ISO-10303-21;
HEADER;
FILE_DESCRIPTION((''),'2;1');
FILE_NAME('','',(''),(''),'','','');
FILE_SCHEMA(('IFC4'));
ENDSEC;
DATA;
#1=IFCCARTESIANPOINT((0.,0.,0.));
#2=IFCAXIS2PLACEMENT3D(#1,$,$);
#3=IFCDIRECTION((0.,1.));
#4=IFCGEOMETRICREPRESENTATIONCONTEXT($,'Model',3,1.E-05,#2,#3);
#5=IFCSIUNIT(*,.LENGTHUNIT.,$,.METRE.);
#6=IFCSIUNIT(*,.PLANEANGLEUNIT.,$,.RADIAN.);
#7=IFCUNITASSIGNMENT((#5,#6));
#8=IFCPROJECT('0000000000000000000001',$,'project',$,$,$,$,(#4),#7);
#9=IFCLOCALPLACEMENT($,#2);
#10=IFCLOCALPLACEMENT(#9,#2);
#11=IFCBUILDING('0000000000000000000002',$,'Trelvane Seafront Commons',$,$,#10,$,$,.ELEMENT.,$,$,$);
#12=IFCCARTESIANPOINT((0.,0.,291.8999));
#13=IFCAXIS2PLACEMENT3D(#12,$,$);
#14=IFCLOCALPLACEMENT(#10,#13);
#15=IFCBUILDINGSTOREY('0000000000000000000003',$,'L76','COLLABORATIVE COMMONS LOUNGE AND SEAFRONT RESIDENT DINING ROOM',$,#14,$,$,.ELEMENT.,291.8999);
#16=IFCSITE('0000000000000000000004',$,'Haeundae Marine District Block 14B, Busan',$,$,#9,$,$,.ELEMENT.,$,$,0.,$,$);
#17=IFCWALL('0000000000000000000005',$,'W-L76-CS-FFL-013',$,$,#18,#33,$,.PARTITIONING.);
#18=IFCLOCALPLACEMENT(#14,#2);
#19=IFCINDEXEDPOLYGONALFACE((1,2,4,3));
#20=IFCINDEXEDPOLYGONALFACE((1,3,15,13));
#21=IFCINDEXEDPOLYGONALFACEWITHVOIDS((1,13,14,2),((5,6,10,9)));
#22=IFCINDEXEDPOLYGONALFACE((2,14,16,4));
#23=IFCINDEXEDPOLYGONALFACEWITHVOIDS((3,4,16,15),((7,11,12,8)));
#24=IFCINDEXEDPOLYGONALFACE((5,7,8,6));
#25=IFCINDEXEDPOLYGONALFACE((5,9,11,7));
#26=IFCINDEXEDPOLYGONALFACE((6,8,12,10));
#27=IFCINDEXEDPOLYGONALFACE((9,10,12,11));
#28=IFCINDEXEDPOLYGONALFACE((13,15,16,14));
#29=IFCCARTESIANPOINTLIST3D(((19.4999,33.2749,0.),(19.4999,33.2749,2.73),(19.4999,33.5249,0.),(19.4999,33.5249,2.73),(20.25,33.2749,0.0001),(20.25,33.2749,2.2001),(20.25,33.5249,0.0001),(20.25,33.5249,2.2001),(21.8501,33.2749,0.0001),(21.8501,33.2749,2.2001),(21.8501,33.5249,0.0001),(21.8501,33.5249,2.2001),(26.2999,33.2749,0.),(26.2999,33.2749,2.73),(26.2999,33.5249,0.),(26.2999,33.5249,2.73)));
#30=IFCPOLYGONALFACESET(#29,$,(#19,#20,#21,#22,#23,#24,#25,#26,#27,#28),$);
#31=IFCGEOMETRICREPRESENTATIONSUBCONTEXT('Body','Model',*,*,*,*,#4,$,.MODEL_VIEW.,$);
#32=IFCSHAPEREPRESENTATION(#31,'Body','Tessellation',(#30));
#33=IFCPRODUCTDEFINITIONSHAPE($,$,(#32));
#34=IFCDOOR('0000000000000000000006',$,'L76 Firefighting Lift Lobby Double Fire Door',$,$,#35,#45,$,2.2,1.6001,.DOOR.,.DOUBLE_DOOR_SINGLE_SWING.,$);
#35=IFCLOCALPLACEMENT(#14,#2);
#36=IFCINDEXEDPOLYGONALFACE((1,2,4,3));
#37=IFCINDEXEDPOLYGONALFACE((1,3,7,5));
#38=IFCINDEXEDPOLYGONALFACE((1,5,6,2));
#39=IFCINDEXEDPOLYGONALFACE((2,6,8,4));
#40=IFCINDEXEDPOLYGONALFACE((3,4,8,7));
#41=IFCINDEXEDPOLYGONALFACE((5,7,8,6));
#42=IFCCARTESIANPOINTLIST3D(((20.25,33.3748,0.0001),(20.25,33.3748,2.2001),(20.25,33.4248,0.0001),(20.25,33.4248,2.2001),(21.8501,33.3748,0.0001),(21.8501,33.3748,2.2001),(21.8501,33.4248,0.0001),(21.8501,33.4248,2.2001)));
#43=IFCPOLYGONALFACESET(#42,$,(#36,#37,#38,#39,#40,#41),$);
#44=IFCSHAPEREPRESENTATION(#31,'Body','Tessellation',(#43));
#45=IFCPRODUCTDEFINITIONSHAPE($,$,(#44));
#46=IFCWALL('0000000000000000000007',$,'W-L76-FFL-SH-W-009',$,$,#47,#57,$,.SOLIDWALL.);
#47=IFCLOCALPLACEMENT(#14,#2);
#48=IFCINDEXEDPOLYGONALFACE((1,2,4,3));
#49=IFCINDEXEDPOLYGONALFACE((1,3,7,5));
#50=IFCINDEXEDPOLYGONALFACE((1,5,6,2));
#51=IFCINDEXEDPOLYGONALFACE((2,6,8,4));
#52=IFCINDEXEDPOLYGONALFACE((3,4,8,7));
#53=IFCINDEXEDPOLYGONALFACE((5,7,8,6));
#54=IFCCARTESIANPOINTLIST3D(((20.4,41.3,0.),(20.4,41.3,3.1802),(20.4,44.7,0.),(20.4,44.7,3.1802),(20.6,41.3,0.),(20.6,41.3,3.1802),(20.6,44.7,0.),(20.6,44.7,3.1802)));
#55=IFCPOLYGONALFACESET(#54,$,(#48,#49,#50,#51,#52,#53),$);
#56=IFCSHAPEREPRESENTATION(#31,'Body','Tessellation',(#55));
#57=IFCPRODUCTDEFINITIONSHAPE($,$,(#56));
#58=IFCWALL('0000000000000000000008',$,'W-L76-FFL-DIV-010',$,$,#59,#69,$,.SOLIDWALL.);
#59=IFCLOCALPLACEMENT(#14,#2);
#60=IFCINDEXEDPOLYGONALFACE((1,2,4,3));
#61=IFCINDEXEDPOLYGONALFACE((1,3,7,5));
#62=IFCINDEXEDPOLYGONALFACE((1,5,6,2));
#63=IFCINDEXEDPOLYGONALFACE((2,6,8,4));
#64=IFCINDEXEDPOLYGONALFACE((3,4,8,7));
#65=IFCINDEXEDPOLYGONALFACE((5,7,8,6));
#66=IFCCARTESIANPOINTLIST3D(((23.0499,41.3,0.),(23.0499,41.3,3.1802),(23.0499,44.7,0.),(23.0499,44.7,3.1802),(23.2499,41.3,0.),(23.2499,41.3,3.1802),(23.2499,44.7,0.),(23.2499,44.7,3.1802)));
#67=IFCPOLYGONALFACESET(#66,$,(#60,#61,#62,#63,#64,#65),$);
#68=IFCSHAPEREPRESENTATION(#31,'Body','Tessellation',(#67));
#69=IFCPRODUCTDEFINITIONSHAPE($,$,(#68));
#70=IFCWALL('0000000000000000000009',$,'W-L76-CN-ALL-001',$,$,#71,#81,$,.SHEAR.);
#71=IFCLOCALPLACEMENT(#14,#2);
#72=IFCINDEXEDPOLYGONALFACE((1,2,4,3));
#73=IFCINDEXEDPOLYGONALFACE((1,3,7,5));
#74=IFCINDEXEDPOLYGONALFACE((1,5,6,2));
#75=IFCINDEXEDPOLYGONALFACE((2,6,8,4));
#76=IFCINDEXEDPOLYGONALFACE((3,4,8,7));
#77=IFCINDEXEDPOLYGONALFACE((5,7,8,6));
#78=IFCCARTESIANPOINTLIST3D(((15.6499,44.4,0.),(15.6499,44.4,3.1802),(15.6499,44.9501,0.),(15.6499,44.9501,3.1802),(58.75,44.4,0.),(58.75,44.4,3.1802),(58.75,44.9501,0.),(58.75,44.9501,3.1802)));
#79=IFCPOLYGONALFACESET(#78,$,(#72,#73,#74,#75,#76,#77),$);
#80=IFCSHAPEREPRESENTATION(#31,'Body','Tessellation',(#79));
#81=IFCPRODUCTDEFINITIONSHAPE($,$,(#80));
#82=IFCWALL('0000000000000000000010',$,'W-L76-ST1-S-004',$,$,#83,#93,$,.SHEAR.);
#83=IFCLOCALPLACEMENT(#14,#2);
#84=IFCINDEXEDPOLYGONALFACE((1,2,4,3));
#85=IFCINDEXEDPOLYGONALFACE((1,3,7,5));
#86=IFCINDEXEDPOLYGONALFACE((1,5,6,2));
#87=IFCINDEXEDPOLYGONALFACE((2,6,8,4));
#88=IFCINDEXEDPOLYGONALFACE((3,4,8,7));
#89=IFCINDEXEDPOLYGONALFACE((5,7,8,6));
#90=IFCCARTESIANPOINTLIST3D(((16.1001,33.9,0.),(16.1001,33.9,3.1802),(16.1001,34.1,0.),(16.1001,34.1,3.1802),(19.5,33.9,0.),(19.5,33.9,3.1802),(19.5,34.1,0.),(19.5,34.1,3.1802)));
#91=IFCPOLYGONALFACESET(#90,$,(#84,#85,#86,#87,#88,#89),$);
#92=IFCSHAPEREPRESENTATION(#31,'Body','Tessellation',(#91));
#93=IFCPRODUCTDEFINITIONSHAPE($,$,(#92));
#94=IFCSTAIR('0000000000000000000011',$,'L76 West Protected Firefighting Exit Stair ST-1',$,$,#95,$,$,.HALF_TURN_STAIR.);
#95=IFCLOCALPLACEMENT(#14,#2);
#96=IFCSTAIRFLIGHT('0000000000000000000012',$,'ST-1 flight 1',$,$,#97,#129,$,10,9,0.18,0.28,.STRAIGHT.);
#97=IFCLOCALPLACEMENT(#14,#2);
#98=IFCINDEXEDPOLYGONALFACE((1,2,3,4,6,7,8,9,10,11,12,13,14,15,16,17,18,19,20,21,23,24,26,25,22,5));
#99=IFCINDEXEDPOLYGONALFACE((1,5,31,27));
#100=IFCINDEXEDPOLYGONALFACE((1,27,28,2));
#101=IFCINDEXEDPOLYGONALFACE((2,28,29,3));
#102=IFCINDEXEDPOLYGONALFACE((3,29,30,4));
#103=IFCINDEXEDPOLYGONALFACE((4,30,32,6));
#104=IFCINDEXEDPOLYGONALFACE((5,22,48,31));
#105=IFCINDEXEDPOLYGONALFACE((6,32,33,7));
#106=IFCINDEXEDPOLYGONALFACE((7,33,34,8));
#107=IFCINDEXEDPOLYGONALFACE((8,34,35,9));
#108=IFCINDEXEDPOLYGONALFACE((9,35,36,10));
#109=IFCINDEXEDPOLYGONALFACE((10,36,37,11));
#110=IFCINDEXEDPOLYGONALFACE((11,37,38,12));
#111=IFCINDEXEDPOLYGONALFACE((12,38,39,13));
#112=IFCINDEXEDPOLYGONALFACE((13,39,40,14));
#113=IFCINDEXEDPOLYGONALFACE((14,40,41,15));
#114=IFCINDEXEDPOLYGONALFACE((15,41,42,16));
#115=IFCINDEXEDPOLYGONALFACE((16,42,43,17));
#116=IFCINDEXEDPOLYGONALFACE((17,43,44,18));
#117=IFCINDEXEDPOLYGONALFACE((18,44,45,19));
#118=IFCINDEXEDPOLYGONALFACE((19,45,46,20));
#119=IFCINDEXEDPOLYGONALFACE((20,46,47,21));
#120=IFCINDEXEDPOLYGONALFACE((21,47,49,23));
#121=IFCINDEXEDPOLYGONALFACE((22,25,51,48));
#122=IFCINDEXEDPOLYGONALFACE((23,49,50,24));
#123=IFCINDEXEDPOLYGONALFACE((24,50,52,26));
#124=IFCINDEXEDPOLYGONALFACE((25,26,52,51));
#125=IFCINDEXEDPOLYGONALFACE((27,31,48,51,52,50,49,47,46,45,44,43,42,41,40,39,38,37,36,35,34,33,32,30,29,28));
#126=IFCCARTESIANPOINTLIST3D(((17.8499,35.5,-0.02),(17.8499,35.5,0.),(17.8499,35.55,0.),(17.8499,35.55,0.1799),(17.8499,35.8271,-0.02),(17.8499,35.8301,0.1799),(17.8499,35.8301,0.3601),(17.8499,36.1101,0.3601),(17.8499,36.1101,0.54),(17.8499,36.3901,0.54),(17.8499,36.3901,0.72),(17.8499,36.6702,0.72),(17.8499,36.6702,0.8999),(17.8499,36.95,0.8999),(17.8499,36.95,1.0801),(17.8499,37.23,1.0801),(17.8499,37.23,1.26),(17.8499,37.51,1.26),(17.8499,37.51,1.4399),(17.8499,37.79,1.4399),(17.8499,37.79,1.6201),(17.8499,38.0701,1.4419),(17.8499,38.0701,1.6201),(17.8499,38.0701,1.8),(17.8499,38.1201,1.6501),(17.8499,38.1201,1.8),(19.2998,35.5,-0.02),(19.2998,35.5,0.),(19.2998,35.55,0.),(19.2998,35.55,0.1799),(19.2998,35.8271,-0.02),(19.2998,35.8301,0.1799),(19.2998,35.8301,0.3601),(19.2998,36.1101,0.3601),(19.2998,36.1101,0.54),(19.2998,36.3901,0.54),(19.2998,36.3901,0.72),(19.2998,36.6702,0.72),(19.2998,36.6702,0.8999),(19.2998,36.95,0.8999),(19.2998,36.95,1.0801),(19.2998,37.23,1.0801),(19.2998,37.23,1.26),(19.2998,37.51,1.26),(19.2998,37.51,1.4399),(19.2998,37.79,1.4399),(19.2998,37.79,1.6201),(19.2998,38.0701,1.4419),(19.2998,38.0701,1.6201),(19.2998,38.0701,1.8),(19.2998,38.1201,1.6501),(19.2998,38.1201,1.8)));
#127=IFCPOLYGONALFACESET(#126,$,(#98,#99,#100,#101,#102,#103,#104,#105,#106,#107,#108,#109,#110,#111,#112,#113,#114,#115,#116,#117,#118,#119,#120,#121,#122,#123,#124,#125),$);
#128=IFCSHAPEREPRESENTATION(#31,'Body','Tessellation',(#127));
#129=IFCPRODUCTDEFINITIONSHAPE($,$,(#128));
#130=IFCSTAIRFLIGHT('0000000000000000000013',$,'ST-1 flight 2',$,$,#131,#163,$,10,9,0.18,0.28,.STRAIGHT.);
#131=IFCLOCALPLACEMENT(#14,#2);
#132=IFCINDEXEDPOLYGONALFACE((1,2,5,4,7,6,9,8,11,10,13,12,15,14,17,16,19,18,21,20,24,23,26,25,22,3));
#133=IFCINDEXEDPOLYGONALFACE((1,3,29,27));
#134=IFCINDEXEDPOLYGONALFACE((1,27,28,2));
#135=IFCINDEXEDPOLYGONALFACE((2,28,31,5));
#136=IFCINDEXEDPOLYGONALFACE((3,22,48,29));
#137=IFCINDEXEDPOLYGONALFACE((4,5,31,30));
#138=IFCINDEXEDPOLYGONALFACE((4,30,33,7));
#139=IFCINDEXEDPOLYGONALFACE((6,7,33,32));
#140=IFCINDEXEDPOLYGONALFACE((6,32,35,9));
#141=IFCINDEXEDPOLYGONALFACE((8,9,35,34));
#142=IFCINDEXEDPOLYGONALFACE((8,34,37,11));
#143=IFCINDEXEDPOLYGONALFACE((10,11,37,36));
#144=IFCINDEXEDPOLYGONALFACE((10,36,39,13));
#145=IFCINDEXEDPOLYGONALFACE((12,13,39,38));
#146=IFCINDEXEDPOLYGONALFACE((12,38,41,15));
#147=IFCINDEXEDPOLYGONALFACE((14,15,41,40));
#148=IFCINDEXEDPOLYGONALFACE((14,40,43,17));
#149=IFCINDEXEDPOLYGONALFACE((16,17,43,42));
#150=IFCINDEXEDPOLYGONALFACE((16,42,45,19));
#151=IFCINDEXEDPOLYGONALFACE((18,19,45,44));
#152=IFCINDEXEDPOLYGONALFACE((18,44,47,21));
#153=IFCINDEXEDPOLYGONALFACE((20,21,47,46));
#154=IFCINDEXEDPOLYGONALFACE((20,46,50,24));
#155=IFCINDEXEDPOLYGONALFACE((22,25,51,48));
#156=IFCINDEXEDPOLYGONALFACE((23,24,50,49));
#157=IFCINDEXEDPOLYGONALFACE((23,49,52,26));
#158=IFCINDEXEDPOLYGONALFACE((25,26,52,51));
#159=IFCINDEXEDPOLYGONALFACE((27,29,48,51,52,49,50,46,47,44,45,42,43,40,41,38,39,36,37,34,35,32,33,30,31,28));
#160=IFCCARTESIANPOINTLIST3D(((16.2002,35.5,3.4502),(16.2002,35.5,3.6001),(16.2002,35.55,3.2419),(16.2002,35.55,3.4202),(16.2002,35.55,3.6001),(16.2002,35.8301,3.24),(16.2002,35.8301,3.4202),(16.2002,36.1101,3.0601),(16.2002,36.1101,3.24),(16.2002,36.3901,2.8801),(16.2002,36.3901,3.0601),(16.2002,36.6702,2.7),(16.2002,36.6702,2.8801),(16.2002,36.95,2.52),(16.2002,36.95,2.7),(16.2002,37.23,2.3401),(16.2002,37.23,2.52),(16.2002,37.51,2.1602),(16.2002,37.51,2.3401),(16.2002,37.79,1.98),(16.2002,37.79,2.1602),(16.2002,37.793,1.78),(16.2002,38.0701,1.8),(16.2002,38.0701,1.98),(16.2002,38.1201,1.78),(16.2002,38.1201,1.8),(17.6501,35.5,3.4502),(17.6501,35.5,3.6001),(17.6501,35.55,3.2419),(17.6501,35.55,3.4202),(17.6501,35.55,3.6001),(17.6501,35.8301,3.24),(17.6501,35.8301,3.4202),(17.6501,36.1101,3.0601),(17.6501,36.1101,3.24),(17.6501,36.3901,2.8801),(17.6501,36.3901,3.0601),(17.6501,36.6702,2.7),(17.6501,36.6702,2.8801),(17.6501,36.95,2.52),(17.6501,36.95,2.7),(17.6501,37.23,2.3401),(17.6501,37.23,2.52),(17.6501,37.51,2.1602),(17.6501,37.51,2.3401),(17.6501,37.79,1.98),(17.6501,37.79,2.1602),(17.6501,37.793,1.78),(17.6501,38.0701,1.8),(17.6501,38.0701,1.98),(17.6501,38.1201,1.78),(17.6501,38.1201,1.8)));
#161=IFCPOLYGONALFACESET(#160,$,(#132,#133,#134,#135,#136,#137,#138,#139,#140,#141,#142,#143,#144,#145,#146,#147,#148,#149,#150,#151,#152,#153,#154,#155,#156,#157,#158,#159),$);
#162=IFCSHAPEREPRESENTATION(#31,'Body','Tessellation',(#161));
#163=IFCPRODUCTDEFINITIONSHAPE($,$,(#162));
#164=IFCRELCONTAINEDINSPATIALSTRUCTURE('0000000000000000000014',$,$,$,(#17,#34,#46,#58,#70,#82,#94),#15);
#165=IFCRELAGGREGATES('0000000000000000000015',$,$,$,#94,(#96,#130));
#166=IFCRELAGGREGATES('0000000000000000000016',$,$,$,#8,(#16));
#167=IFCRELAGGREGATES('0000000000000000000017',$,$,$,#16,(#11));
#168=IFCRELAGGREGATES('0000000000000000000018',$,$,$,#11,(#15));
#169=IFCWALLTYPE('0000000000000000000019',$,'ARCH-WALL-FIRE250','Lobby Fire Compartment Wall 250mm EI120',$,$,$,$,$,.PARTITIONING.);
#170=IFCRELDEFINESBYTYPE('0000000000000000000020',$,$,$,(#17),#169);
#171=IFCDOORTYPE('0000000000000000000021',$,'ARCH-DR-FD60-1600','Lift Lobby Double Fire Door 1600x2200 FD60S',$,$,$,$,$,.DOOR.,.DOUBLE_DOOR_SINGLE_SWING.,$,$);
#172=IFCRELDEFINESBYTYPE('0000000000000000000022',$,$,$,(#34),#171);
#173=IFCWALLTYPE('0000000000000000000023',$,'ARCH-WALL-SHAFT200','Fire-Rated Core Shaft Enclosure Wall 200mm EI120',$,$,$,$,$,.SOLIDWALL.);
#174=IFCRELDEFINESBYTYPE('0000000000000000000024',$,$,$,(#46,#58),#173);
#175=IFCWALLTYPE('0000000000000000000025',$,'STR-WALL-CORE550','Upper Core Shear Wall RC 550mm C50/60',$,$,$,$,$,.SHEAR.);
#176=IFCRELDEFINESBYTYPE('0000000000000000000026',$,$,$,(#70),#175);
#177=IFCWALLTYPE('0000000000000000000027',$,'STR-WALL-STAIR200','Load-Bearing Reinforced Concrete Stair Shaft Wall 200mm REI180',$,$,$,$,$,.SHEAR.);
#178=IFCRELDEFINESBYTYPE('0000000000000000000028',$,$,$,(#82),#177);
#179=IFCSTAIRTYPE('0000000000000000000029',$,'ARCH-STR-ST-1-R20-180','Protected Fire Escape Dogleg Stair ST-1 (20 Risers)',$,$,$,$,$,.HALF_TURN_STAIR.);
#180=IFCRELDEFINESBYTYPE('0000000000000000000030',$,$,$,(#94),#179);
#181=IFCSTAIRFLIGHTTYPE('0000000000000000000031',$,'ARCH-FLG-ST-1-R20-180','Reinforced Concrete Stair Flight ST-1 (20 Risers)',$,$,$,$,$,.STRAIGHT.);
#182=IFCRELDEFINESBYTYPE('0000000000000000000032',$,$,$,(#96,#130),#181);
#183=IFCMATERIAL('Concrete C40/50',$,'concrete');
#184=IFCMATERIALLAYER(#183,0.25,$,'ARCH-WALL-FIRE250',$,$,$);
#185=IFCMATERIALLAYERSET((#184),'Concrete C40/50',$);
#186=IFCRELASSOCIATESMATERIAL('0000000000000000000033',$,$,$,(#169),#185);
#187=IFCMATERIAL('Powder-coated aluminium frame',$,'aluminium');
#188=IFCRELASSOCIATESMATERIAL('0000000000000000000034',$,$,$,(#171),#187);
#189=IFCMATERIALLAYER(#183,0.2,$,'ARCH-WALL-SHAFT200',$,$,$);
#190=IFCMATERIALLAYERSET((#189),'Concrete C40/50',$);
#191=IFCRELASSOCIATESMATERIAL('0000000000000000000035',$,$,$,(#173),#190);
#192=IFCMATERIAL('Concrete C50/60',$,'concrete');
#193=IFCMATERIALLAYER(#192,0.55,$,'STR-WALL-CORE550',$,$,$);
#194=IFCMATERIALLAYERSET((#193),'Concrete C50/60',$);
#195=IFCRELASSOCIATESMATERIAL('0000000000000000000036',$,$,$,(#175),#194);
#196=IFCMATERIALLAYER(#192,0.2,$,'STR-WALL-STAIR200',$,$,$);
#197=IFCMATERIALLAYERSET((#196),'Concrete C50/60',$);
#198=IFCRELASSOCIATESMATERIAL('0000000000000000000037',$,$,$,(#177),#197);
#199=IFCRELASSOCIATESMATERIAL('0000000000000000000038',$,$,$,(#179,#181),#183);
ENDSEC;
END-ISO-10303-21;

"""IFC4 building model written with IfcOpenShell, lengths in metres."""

from ifc_helpers import new_model, si_unit, direction, frame, frame_2d, origin, place, context, subcontext, project, spatial, polyline, rectangle, outline, extrude, source, transform, mapped, material, layer, layer_set, type_object, element, fill, aggregate, save


model = new_model("IFC4")

# Units and contexts
model_context = context("Model", 3, precision=1e-05, world=origin(), true_north=direction((0.0, 1.0)))
body_context = subcontext(model_context, "Body", "Model", "MODEL_VIEW")
ifc_project = project(units=[si_unit("LENGTHUNIT", "METRE"), si_unit("PLANEANGLEUNIT", "RADIAN")], contexts=[model_context])

# Site, building, storey
site_placement = place(None, origin())
site = spatial("IfcSite", under=ifc_project, at=site_placement, Name="Haeundae Marine District Block 14B, Busan", CompositionType="ELEMENT", RefElevation=0.0)
building_placement = place(site_placement, origin())
building = spatial("IfcBuilding", under=site, at=building_placement, Name="Trelvane Seafront Commons", CompositionType="ELEMENT")
storey_placement = place(building_placement, frame((0.0, 0.0, 291.8999)))
storey = spatial("IfcBuildingStorey", under=building, at=storey_placement, Name="L76", Description="COLLABORATIVE COMMONS LOUNGE AND SEAFRONT RESIDENT DINING ROOM", CompositionType="ELEMENT", Elevation=291.8999)

# Shared definitions
ifc_material_1 = material(Name="Concrete C50/60", Category="concrete")

# Wall, opening, door
ifc_material_2 = material(Name="Concrete C40/50", Category="concrete")
ifc_layer_1 = layer(ifc_material_2, 0.25, Name="ARCH-WALL-FIRE250")
ifc_layer_set_1 = layer_set([ifc_layer_1], Name="Concrete C40/50")
wall_type_1 = type_object("IfcWallType", Name="ARCH-WALL-FIRE250", Description="Lobby Fire Compartment Wall 250mm EI120", PredefinedType="PARTITIONING", material=ifc_layer_set_1)
wall_1_placement = place(storey_placement, frame((19.5, 33.3999, 0.0), z_axis=(0.0, 0.0, 1.0), x_axis=(1.0, 0.0, 0.0)))
wall_1 = element("IfcWall", 1, at=wall_1_placement, inside=storey, type_object=wall_type_1, Name="W-L76-CS-FFL-013", PredefinedType="PARTITIONING", context=body_context, shape_type="SweptSolid", body=[
    extrude(rectangle(XDim=6.8, YDim=0.25, at=frame_2d((3.3999, 0.0))), origin(), (0.0, 0.0, 1.0), 2.73),
])
opening_1_placement = place(wall_1_placement, frame((0.75, 0.0, 0.0)))
opening_1 = element("IfcOpeningElement", 2, at=opening_1_placement, cuts=wall_1, PredefinedType="OPENING", context=body_context, shape_type="SweptSolid", body=[
    extrude(rectangle(XDim=1.6001, YDim=2.2, at=frame_2d((0.8, 1.1001))), frame((0.0, 0.135, 0.0), z_axis=(0.0, -1.0, 0.0), x_axis=(1.0, 0.0, 0.0)), (0.0, 0.0, 1.0), 0.27),
])
ifc_material_3 = material(Name="Powder-coated aluminium frame", Category="aluminium")
door_type_1 = type_object("IfcDoorType", Name="ARCH-DR-FD60-1600", Description="Lift Lobby Double Fire Door 1600x2200 FD60S", OperationType="DOUBLE_DOOR_SINGLE_SWING", PredefinedType="DOOR", material=ifc_material_3)
shared_shape_1 = source(origin(), body_context, "Body", "SweptSolid", [
    extrude(rectangle(XDim=1.6001, YDim=2.2, at=frame_2d((0.8, 1.1001))), frame((0.0, 0.0249, 0.0), z_axis=(0.0, -1.0, 0.0), x_axis=(1.0, 0.0, 0.0)), (0.0, 0.0, 1.0), 0.05),
])
door_1_placement = place(opening_1_placement, origin())
door_1 = element("IfcDoor", 3, at=door_1_placement, inside=storey, type_object=door_type_1, Name="L76 Firefighting Lift Lobby Double Fire Door", OperationType="DOUBLE_DOOR_SINGLE_SWING", OverallHeight=2.2, OverallWidth=1.6001, PredefinedType="DOOR", context=body_context, shape_type="MappedRepresentation", body=[
    mapped(shared_shape_1, transform((0.0, 0.0, 0.0), x_axis=(1.0, 0.0, 0.0), y_axis=(0.0, 1.0, 0.0), z_axis=(0.0, 0.0, 1.0), scale=1.0)),
])
fill(opening_1, door_1)

# Shared definitions
ifc_layer_2 = layer(ifc_material_2, 0.2, Name="ARCH-WALL-SHAFT200")
ifc_layer_set_2 = layer_set([ifc_layer_2], Name="Concrete C40/50")
wall_type_2 = type_object("IfcWallType", Name="ARCH-WALL-SHAFT200", Description="Fire-Rated Core Shaft Enclosure Wall 200mm EI120", PredefinedType="SOLIDWALL", material=ifc_layer_set_2)

# Walls
for number, where, z_axis, x_axis, name in (
    (4, (20.5, 41.3, 0.0), (0.0, 0.0, 1.0), (0.0, 1.0, 0.0), "W-L76-FFL-SH-W-009"),
    (5, (23.1499, 41.3, 0.0), (0.0, 0.0, 1.0), (0.0, 1.0, 0.0), "W-L76-FFL-DIV-010"),
):
    element("IfcWall", number, at=place(storey_placement, frame(where, z_axis=z_axis, x_axis=x_axis)), inside=storey, type_object=wall_type_2, Name=name, PredefinedType="SOLIDWALL", context=body_context, shape_type="SweptSolid", body=[
        extrude(rectangle(XDim=3.3999, YDim=0.2, at=frame_2d((1.7, 0.0))), origin(), (0.0, 0.0, 1.0), 3.1802),
    ])
ifc_layer_3 = layer(ifc_material_1, 0.55, Name="STR-WALL-CORE550")
ifc_layer_set_3 = layer_set([ifc_layer_3], Name="Concrete C50/60")
wall_type_3 = type_object("IfcWallType", Name="STR-WALL-CORE550", Description="Upper Core Shear Wall RC 550mm C50/60", PredefinedType="SHEAR", material=ifc_layer_set_3)
wall_2_placement = place(storey_placement, frame((15.6499, 44.675, 0.0), z_axis=(0.0, 0.0, 1.0), x_axis=(1.0, 0.0, 0.0)))
element("IfcWall", 6, at=wall_2_placement, inside=storey, type_object=wall_type_3, Name="W-L76-CN-ALL-001", PredefinedType="SHEAR", context=body_context, shape_type="SweptSolid", body=[
    extrude(rectangle(XDim=43.1001, YDim=0.55, at=frame_2d((21.55, 0.0))), origin(), (0.0, 0.0, 1.0), 3.1802),
])
ifc_layer_4 = layer(ifc_material_1, 0.2, Name="STR-WALL-STAIR200")
ifc_layer_set_4 = layer_set([ifc_layer_4], Name="Concrete C50/60")
wall_type_4 = type_object("IfcWallType", Name="STR-WALL-STAIR200", Description="Load-Bearing Reinforced Concrete Stair Shaft Wall 200mm REI180", PredefinedType="SHEAR", material=ifc_layer_set_4)
wall_3_placement = place(storey_placement, frame((16.1001, 34.0, 0.0), z_axis=(0.0, 0.0, 1.0), x_axis=(1.0, 0.0, 0.0)))
element("IfcWall", 7, at=wall_3_placement, inside=storey, type_object=wall_type_4, Name="W-L76-ST1-S-004", PredefinedType="SHEAR", context=body_context, shape_type="SweptSolid", body=[
    extrude(rectangle(XDim=3.3999, YDim=0.2, at=frame_2d((1.7, 0.0))), origin(), (0.0, 0.0, 1.0), 3.1802),
])

# Stair, stair flights
stair_type = type_object("IfcStairType", Name="ARCH-STR-ST-1-R20-180", Description="Protected Fire Escape Dogleg Stair ST-1 (20 Risers)", PredefinedType="HALF_TURN_STAIR", material=ifc_material_2)
stair_placement = place(storey_placement, origin())
stair = element("IfcStair", 8, at=stair_placement, inside=storey, type_object=stair_type, Name="L76 West Protected Firefighting Exit Stair ST-1", PredefinedType="HALF_TURN_STAIR")
stair_flight_type = type_object("IfcStairFlightType", Name="ARCH-FLG-ST-1-R20-180", Description="Reinforced Concrete Stair Flight ST-1 (20 Risers)", PredefinedType="STRAIGHT", material=ifc_material_2)
shared_shape_2 = source(origin(), body_context, "Body", "SweptSolid", [
    extrude(outline(polyline([(-0.05, -0.02), (-0.05, 0.0), (0.0, 0.0), (0.0, 0.1799), (0.28, 0.1799), (0.28, 0.3601), (0.5601, 0.3601), (0.5601, 0.54), (0.8401, 0.54), (0.8401, 0.72), (1.1201, 0.72), (1.1201, 0.8999), (1.3999, 0.8999), (1.3999, 1.0801), (1.6799, 1.0801), (1.6799, 1.26), (1.96, 1.26), (1.96, 1.4399), (2.24, 1.4399), (2.24, 1.6201), (2.52, 1.6201), (2.52, 1.8), (2.5701, 1.8), (2.5701, 1.6501), (2.52, 1.4419), (0.2771, -0.02), (-0.05, -0.02)])), frame((0.0, 0.7251, 0.0), z_axis=(0.0, -1.0, 0.0), x_axis=(1.0, 0.0, 0.0)), (0.0, 0.0, 1.0), 1.45),
])
stair_flight_1_placement = place(storey_placement, frame((18.575, 35.55, 0.0), z_axis=(0.0, 0.0, 1.0), x_axis=(0.0, 1.0, 0.0)))
stair_flight_1 = element("IfcStairFlight", 9, at=stair_flight_1_placement, type_object=stair_flight_type, Name="ST-1 flight 1", NumberOfRisers=10, NumberOfTreads=9, PredefinedType="STRAIGHT", RiserHeight=0.18, TreadLength=0.28, context=body_context, shape_type="MappedRepresentation", body=[
    mapped(shared_shape_2, transform((0.0, 0.0, 0.0), x_axis=(1.0, 0.0, 0.0), y_axis=(0.0, 1.0, 0.0), z_axis=(0.0, 0.0, 1.0), scale=1.0)),
])
stair_flight_2_placement = place(storey_placement, frame((16.925, 38.0701, 1.8), z_axis=(0.0, 0.0, 1.0), x_axis=(0.0, -1.0, 0.0)))
stair_flight_2 = element("IfcStairFlight", 10, at=stair_flight_2_placement, type_object=stair_flight_type, Name="ST-1 flight 2", NumberOfRisers=10, NumberOfTreads=9, PredefinedType="STRAIGHT", RiserHeight=0.18, TreadLength=0.28, context=body_context, shape_type="MappedRepresentation", body=[
    mapped(shared_shape_2, transform((0.0, 0.0, 0.0), x_axis=(1.0, 0.0, 0.0), y_axis=(0.0, 1.0, 0.0), z_axis=(0.0, 0.0, 1.0), scale=1.0)),
])
aggregate(stair, [stair_flight_1, stair_flight_2])

save(model, "model.ifc")
